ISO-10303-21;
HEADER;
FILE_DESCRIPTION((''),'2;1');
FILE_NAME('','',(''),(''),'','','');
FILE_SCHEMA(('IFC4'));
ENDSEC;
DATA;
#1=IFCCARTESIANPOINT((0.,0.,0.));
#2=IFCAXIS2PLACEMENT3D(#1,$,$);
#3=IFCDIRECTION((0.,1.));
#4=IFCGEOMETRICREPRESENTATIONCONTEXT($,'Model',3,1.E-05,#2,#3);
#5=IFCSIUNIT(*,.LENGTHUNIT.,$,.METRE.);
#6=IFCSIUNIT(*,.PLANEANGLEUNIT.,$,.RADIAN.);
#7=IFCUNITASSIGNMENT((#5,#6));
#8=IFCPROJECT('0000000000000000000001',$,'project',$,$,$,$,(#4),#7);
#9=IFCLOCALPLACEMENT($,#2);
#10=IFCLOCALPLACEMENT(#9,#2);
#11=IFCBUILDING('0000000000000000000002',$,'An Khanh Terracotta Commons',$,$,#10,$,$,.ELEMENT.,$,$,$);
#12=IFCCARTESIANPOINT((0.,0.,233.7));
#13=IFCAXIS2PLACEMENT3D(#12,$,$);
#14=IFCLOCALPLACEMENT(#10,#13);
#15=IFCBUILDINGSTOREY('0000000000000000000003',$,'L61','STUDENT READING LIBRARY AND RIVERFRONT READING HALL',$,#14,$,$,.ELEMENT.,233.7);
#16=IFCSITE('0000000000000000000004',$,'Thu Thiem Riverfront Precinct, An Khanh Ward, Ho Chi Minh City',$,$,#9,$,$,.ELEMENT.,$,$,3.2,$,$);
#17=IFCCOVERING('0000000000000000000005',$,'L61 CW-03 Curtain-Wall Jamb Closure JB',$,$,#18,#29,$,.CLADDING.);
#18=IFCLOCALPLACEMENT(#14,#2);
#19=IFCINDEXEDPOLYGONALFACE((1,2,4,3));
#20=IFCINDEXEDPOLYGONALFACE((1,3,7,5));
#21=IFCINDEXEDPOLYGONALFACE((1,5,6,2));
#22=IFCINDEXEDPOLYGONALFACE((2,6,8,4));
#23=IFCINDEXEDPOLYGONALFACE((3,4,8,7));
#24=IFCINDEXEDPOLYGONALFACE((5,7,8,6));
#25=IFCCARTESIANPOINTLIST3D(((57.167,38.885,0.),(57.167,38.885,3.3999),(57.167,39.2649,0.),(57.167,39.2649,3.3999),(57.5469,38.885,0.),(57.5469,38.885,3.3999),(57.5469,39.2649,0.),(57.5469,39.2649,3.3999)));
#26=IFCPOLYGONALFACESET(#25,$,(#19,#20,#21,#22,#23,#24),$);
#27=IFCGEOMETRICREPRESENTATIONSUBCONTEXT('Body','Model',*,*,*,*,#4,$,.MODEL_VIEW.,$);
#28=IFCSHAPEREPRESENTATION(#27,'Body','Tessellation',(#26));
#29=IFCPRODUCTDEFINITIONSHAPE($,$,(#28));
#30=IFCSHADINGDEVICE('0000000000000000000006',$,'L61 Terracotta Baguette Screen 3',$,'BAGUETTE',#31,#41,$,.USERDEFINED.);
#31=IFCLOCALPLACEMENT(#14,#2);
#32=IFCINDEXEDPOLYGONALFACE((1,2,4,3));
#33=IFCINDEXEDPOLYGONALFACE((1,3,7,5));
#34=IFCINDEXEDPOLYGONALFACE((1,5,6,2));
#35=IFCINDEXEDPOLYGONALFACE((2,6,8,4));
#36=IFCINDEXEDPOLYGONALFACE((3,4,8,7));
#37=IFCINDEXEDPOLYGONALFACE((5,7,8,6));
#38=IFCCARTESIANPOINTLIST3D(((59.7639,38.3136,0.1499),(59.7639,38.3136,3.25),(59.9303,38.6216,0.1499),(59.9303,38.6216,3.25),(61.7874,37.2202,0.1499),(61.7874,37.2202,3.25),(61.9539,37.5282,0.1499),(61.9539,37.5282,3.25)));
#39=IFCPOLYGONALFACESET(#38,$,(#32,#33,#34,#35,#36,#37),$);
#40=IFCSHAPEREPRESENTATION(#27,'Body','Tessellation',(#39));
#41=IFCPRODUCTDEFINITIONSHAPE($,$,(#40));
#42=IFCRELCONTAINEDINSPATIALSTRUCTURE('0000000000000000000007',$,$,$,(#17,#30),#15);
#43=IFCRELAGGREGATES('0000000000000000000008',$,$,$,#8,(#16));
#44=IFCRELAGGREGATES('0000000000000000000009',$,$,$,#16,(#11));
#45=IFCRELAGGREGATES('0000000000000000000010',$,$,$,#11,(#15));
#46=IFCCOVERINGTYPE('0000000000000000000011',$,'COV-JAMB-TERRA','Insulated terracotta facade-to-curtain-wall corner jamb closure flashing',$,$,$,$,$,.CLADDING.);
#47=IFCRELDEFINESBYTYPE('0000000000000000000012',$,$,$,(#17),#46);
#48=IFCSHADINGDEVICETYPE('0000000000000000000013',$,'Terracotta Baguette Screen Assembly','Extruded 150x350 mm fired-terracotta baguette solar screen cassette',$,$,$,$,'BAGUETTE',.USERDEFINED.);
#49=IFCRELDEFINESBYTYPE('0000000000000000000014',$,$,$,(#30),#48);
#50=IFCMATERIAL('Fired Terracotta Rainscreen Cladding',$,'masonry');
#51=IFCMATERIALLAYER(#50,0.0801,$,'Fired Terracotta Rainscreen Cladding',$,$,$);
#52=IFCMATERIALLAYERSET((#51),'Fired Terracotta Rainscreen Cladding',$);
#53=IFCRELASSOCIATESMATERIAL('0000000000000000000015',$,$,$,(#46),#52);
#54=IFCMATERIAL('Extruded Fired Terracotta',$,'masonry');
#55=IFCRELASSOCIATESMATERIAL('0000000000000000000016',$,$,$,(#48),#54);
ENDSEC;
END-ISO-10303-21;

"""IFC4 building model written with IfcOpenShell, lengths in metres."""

from ifc_helpers import new_model, si_unit, direction, frame, origin, origin_2d, place, context, subcontext, project, spatial, rectangle, extrude, material, layer, layer_set, type_object, element, save


model = new_model("IFC4")

# Units and contexts
model_context = context("Model", 3, precision=1e-05, world=origin(), true_north=direction((0.0, 1.0)))
body_context = subcontext(model_context, "Body", "Model", "MODEL_VIEW")
ifc_project = project(units=[si_unit("LENGTHUNIT", "METRE"), si_unit("PLANEANGLEUNIT", "RADIAN")], contexts=[model_context])

# Site, building, storey
site_placement = place(None, origin())
site = spatial("IfcSite", under=ifc_project, at=site_placement, Name="Thu Thiem Riverfront Precinct, An Khanh Ward, Ho Chi Minh City", CompositionType="ELEMENT", RefElevation=3.2)
building_placement = place(site_placement, origin())
building = spatial("IfcBuilding", under=site, at=building_placement, Name="An Khanh Terracotta Commons", CompositionType="ELEMENT")
storey_placement = place(building_placement, frame((0.0, 0.0, 233.7)))
storey = spatial("IfcBuildingStorey", under=building, at=storey_placement, Name="L61", Description="STUDENT READING LIBRARY AND RIVERFRONT READING HALL", CompositionType="ELEMENT", Elevation=233.7)

# Covering
ifc_material_1 = material(Name="Fired Terracotta Rainscreen Cladding", Category="masonry")
ifc_layer_1 = layer(ifc_material_1, 0.0801, Name="Fired Terracotta Rainscreen Cladding")
ifc_layer_set_1 = layer_set([ifc_layer_1], Name="Fired Terracotta Rainscreen Cladding")
covering_type = type_object("IfcCoveringType", Name="COV-JAMB-TERRA", Description="Insulated terracotta facade-to-curtain-wall corner jamb closure flashing", PredefinedType="CLADDING", material=ifc_layer_set_1)
covering_placement = place(storey_placement, frame((57.3569, 39.075, 0.0), z_axis=(0.0, 0.0, 1.0), x_axis=(1.0, 0.0, 0.0)))
element("IfcCovering", 1, at=covering_placement, inside=storey, type_object=covering_type, Name="L61 CW-03 Curtain-Wall Jamb Closure JB", PredefinedType="CLADDING", context=body_context, shape_type="SweptSolid", body=[
    extrude(rectangle(XDim=0.3799, YDim=0.3799, at=origin_2d()), origin(), (0.0, 0.0, 1.0), 3.3999),
])

# Shading device
ifc_material_2 = material(Name="Extruded Fired Terracotta", Category="masonry")
shading_device_type = type_object("IfcShadingDeviceType", Name="Terracotta Baguette Screen Assembly", Description="Extruded 150x350 mm fired-terracotta baguette solar screen cassette", ElementType="BAGUETTE", PredefinedType="USERDEFINED", material=ifc_material_2)
shading_device_placement = place(storey_placement, frame((60.8589, 37.9209, 0.1499), z_axis=(0.0, 0.0, 1.0), x_axis=(-0.87978, 0.475381, 0.0)))
element("IfcShadingDevice", 2, at=shading_device_placement, inside=storey, type_object=shading_device_type, Name="L61 Terracotta Baguette Screen 3", ObjectType="BAGUETTE", PredefinedType="USERDEFINED", context=body_context, shape_type="SweptSolid", body=[
    extrude(rectangle(XDim=2.3, YDim=0.3501, at=origin_2d()), origin(), (0.0, 0.0, 1.0), 3.1001),
])

save(model, "model.ifc")
